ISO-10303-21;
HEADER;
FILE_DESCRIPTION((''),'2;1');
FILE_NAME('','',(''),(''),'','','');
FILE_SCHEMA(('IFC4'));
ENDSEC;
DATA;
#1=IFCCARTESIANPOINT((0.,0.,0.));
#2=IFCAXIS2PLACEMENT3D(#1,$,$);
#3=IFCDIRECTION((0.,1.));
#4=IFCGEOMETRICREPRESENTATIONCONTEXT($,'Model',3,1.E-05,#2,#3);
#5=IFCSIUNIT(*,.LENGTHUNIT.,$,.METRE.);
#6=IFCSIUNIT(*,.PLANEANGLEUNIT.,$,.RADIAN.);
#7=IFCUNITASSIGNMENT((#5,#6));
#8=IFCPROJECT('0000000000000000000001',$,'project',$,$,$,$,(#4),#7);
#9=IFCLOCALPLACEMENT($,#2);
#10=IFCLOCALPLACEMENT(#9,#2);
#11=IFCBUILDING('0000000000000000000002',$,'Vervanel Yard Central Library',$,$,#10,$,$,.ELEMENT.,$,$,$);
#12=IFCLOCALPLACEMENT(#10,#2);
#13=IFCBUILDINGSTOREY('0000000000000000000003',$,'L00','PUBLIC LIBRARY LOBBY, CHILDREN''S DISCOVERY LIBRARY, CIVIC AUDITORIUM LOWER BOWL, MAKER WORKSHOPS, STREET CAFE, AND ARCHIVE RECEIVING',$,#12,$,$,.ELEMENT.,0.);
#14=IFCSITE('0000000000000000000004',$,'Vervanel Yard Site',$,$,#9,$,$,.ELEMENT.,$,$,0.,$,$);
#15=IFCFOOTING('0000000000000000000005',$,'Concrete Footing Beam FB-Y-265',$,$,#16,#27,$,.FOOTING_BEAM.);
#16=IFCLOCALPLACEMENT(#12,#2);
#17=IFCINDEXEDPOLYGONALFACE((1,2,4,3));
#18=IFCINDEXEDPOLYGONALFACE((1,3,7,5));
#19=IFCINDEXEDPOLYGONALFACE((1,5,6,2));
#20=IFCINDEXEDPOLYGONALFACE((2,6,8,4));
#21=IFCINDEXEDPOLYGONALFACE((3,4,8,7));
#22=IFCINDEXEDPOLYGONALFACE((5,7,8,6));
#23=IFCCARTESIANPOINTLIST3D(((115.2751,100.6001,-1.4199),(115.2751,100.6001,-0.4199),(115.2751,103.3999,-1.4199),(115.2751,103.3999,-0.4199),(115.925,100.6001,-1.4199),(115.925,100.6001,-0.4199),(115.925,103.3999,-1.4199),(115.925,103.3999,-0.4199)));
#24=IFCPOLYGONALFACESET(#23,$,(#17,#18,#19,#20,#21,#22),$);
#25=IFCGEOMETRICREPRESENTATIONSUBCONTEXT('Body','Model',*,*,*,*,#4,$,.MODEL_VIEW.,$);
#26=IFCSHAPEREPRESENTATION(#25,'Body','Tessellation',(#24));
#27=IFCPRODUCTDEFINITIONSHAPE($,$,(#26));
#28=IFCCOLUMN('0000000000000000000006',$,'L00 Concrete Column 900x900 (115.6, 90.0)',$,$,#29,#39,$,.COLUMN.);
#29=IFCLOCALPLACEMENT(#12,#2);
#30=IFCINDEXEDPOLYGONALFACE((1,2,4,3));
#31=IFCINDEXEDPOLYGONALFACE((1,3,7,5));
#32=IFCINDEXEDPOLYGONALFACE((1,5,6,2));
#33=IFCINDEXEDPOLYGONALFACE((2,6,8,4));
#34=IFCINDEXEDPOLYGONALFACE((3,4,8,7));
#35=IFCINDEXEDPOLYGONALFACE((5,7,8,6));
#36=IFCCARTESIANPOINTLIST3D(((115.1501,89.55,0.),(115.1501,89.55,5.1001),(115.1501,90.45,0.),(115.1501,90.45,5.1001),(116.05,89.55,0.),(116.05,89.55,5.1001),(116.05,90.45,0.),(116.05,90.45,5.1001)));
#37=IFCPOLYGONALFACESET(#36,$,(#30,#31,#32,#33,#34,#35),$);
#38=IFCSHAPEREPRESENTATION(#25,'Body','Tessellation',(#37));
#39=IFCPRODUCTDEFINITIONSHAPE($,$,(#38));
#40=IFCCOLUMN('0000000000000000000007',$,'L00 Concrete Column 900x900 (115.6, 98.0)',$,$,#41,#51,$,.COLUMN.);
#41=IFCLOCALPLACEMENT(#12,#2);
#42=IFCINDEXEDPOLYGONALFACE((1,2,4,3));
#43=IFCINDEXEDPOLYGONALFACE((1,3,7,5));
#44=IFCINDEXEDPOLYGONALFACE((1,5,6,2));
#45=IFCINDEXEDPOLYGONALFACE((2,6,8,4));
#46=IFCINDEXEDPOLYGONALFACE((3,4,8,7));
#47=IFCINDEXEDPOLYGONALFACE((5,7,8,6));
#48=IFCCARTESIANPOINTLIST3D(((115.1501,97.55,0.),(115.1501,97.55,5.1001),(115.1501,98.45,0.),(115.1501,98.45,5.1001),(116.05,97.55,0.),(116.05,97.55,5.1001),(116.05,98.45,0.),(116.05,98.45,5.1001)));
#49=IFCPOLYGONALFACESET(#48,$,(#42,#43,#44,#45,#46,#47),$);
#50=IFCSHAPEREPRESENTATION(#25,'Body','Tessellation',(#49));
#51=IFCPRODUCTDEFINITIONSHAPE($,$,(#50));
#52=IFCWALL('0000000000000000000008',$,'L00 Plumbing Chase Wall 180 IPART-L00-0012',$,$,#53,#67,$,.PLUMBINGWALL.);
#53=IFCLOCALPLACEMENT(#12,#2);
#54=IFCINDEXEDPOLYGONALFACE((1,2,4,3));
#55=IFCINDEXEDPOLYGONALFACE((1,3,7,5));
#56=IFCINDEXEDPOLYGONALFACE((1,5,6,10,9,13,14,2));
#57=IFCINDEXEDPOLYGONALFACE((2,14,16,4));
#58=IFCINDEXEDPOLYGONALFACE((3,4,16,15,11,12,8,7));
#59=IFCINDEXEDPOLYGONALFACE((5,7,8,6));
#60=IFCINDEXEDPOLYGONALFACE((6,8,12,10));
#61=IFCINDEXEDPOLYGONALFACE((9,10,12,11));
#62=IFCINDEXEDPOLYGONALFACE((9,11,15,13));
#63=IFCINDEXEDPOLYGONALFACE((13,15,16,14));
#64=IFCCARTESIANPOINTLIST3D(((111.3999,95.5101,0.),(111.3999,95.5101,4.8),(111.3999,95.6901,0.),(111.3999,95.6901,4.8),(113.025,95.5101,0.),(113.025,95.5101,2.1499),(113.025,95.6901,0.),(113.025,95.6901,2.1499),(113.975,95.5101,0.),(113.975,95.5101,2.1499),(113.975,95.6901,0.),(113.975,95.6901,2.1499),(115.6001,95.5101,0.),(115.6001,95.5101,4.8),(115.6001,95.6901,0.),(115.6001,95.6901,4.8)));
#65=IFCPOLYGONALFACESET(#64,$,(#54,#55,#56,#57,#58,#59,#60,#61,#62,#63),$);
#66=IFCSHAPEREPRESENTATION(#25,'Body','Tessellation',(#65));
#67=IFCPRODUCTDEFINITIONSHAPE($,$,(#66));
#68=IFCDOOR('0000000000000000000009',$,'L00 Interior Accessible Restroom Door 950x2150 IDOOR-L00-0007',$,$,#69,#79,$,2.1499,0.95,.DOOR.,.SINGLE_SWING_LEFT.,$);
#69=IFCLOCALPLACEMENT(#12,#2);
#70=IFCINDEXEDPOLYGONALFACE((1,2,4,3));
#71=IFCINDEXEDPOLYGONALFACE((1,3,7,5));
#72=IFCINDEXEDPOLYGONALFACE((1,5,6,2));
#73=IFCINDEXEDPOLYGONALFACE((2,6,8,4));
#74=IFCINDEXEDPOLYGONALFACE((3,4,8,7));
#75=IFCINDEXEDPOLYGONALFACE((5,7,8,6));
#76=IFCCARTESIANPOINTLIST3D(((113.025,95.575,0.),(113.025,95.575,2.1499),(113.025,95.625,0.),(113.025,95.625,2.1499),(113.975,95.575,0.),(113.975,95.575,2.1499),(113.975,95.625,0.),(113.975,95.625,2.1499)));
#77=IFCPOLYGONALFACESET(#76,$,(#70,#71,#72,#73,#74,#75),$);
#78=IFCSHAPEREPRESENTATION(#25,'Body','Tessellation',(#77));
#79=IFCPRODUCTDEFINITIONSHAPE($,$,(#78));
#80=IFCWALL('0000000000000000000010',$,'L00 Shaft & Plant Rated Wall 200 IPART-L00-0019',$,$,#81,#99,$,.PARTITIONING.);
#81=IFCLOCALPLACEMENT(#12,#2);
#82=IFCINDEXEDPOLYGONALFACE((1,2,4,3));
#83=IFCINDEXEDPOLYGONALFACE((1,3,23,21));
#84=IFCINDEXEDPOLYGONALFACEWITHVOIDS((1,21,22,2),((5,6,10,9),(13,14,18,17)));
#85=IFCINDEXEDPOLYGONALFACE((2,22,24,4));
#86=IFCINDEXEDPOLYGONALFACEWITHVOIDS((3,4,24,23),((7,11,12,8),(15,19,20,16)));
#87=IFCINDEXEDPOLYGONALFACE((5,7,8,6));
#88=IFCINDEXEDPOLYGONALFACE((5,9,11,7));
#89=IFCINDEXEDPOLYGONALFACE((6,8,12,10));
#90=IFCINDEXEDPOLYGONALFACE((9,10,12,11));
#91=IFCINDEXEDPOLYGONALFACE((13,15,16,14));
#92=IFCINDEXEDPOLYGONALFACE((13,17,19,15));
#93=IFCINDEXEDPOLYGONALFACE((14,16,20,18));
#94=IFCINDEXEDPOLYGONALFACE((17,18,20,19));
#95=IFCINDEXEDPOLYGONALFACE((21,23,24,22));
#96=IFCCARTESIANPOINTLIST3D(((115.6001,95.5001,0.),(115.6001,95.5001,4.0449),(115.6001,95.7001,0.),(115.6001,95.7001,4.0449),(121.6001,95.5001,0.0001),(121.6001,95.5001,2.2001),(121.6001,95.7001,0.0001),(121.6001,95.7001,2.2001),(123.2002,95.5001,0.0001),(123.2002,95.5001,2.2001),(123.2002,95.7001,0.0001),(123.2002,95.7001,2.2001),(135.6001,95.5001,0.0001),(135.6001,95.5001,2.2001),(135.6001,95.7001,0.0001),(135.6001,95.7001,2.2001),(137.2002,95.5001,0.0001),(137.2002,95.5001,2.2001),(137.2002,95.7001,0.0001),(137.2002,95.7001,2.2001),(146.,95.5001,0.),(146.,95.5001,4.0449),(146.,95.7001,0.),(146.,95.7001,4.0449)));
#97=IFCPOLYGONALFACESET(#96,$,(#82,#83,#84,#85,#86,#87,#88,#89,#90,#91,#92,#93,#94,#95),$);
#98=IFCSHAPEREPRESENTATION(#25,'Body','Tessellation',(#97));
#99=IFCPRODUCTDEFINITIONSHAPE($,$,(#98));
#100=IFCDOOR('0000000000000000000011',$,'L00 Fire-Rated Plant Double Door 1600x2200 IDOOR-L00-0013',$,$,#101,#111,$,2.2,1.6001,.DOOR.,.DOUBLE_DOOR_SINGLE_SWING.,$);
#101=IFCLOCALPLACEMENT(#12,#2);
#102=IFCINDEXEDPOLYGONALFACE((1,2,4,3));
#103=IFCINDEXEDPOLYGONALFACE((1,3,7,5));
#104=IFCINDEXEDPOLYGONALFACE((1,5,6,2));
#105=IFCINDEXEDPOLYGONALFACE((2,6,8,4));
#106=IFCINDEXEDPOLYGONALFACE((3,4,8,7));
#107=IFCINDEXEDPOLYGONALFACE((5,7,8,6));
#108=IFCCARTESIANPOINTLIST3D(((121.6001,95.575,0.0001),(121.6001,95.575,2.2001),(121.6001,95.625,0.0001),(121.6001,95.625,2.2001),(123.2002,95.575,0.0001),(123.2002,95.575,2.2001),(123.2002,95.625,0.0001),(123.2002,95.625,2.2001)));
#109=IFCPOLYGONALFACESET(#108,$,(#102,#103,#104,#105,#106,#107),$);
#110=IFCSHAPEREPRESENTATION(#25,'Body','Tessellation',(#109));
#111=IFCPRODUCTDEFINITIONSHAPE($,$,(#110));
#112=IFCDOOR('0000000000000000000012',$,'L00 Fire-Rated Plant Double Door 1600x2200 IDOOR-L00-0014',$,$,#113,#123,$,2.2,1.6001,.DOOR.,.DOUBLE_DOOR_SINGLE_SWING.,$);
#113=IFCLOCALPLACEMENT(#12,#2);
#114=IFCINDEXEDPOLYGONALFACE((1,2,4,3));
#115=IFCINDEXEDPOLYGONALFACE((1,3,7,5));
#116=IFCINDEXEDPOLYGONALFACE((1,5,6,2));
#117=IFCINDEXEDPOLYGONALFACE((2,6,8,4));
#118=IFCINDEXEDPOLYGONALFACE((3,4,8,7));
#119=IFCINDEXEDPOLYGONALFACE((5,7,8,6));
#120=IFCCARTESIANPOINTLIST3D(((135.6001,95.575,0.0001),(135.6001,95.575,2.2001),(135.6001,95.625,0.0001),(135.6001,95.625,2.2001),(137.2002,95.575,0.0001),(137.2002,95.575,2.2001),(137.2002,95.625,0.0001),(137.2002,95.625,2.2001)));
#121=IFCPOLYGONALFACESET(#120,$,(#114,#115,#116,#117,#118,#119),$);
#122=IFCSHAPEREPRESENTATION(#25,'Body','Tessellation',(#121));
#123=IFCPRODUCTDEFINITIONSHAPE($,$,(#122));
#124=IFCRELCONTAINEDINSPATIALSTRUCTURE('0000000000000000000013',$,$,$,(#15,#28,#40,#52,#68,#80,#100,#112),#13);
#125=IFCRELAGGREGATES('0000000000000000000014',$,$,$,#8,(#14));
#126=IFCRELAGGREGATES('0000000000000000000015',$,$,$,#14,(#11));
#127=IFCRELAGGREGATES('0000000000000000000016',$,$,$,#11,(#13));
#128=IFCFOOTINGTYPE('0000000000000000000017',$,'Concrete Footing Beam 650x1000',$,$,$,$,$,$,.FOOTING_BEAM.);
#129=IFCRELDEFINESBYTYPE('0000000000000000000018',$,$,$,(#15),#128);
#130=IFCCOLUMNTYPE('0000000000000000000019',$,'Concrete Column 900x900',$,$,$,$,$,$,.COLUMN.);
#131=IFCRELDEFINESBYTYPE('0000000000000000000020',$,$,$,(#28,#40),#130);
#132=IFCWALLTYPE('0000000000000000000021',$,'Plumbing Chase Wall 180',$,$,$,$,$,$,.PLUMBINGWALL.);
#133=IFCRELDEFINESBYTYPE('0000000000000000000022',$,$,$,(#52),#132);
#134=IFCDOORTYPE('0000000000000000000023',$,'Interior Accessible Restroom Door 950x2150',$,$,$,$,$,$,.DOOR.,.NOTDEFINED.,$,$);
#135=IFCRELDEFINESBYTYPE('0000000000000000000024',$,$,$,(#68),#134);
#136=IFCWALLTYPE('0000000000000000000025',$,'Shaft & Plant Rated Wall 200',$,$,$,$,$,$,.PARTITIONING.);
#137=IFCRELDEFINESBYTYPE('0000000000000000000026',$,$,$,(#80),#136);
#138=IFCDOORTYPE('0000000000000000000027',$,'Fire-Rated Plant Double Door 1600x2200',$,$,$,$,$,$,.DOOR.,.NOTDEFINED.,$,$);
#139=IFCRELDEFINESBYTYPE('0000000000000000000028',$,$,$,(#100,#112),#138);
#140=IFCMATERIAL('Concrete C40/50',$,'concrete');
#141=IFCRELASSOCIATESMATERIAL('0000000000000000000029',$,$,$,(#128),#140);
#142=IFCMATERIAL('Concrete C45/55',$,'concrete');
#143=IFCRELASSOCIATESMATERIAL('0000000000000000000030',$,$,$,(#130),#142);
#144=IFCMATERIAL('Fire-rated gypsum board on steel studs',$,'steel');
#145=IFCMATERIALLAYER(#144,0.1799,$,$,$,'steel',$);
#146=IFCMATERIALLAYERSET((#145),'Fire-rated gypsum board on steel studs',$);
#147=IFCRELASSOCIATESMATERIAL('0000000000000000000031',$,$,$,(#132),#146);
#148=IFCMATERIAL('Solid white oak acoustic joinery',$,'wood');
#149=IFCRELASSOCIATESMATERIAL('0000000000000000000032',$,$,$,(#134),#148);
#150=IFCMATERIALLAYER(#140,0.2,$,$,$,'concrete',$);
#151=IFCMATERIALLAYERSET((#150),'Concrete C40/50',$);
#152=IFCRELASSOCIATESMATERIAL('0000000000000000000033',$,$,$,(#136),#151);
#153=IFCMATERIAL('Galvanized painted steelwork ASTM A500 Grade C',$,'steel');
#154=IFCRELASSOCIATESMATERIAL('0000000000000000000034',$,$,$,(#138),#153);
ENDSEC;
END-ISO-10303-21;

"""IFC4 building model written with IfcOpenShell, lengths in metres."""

from ifc_helpers import new_model, si_unit, direction, frame, frame_2d, origin, origin_2d, place, context, subcontext, project, spatial, rectangle, extrude, material, layer, layer_set, material_profile, profile_set, type_object, element, fill, save


model = new_model("IFC4")

# Units and contexts
model_context = context("Model", 3, precision=1e-05, world=origin(), true_north=direction((0.0, 1.0)))
body_context = subcontext(model_context, "Body", "Model", "MODEL_VIEW")
ifc_project = project(units=[si_unit("LENGTHUNIT", "METRE"), si_unit("PLANEANGLEUNIT", "RADIAN")], contexts=[model_context])

# Site, building, storey
site_placement = place(None, origin())
site = spatial("IfcSite", under=ifc_project, at=site_placement, Name="Vervanel Yard Site", CompositionType="ELEMENT", RefElevation=0.0)
building_placement = place(site_placement, origin())
building = spatial("IfcBuilding", under=site, at=building_placement, Name="Vervanel Yard Central Library", CompositionType="ELEMENT")
storey_placement = place(building_placement, origin())
storey = spatial("IfcBuildingStorey", under=building, at=storey_placement, Name="L00", Description="PUBLIC LIBRARY LOBBY, CHILDREN'S DISCOVERY LIBRARY, CIVIC AUDITORIUM LOWER BOWL, MAKER WORKSHOPS, STREET CAFE, AND ARCHIVE RECEIVING", CompositionType="ELEMENT", Elevation=0.0)

# Shared definitions
ifc_material_1 = material(Name="Concrete C40/50", Category="concrete")

# Footing
ifc_material_profile_1 = material_profile(ifc_material_1, rectangle(XDim=0.6499, YDim=1.0, at=origin_2d()), Name="RC 650x1000", Category="concrete")
ifc_profile_set_1 = profile_set([ifc_material_profile_1], Name="Concrete C40/50")
footing_type_1 = type_object("IfcFootingType", Name="Concrete Footing Beam 650x1000", PredefinedType="FOOTING_BEAM", material=ifc_profile_set_1)
for number, where, z_axis, x_axis, name in (
    (1, (115.6001, 100.6001, -0.9199), (0.0, 1.0, 0.0), (-1.0, 0.0, 0.0), "Concrete Footing Beam FB-Y-265"),
):
    element("IfcFooting", number, at=place(storey_placement, frame(where, z_axis=z_axis, x_axis=x_axis)), inside=storey, type_object=footing_type_1, Name=name, PredefinedType="FOOTING_BEAM", context=body_context, shape_type="SweptSolid", body=[
        extrude(rectangle(XDim=0.6499, YDim=1.0, at=origin_2d()), origin(), (0.0, 0.0, 1.0), 2.7998),
    ])

# Columns
ifc_material_2 = material(Name="Concrete C45/55", Category="concrete")
ifc_material_profile_2 = material_profile(ifc_material_2, rectangle(XDim=0.8999, YDim=0.8999, at=origin_2d()), Name="RC 900x900", Category="concrete")
ifc_profile_set_2 = profile_set([ifc_material_profile_2], Name="Concrete C45/55")
column_type = type_object("IfcColumnType", Name="Concrete Column 900x900", PredefinedType="COLUMN", material=ifc_profile_set_2)
for number, where, z_axis, x_axis, name in (
    (2, (115.6001, 90.0, 0.0), (0.0, 0.0, 1.0), (1.0, 0.0, 0.0), "L00 Concrete Column 900x900 (115.6, 90.0)"),
    (3, (115.6001, 98.0, 0.0), (0.0, 0.0, 1.0), (1.0, 0.0, 0.0), "L00 Concrete Column 900x900 (115.6, 98.0)"),
):
    element("IfcColumn", number, at=place(storey_placement, frame(where, z_axis=z_axis, x_axis=x_axis)), inside=storey, type_object=column_type, Name=name, PredefinedType="COLUMN", context=body_context, shape_type="SweptSolid", body=[
        extrude(rectangle(XDim=0.8999, YDim=0.8999, at=origin_2d()), origin(), (0.0, 0.0, 1.0), 5.1001),
    ])

# Wall, opening, door
ifc_material_3 = material(Name="Fire-rated gypsum board on steel studs", Category="steel")
ifc_layer_1 = layer(ifc_material_3, 0.1799, Category="steel")
ifc_layer_set_1 = layer_set([ifc_layer_1], Name="Fire-rated gypsum board on steel studs")
wall_type_1 = type_object("IfcWallType", Name="Plumbing Chase Wall 180", PredefinedType="PLUMBINGWALL", material=ifc_layer_set_1)
wall_1_placement = place(storey_placement, frame((111.3999, 95.6001, 0.0), z_axis=(0.0, 0.0, 1.0), x_axis=(1.0, 0.0, 0.0)))
wall_1 = element("IfcWall", 4, at=wall_1_placement, inside=storey, type_object=wall_type_1, Name="L00 Plumbing Chase Wall 180 IPART-L00-0012", PredefinedType="PLUMBINGWALL", context=body_context, shape_type="SweptSolid", body=[
    extrude(rectangle(XDim=4.2002, YDim=0.1799, at=frame_2d((2.1001, 0.0))), origin(), (0.0, 0.0, 1.0), 4.8),
])
opening_1_placement = place(wall_1_placement, frame((1.625, 0.0, 0.0)))
opening_1 = element("IfcOpeningElement", 5, at=opening_1_placement, cuts=wall_1, PredefinedType="OPENING", context=body_context, shape_type="SweptSolid", body=[
    extrude(rectangle(XDim=0.95, YDim=2.1499, at=frame_2d((0.4751, 1.075))), frame((0.0, 0.0999, 0.0), z_axis=(0.0, -1.0, 0.0), x_axis=(1.0, 0.0, 0.0)), (0.0, 0.0, 1.0), 0.2),
])
ifc_material_4 = material(Name="Solid white oak acoustic joinery", Category="wood")
door_type_1 = type_object("IfcDoorType", Name="Interior Accessible Restroom Door 950x2150", OperationType="NOTDEFINED", PredefinedType="DOOR", material=ifc_material_4)
door_1_placement = place(opening_1_placement, origin())
door_1 = element("IfcDoor", 6, at=door_1_placement, inside=storey, type_object=door_type_1, Name="L00 Interior Accessible Restroom Door 950x2150 IDOOR-L00-0007", OperationType="SINGLE_SWING_LEFT", OverallHeight=2.1499, OverallWidth=0.95, PredefinedType="DOOR", context=body_context, shape_type="SweptSolid", body=[
    extrude(rectangle(XDim=0.95, YDim=2.1499, at=frame_2d((0.4751, 1.075))), frame((0.0, 0.0249, 0.0), z_axis=(0.0, -1.0, 0.0), x_axis=(1.0, 0.0, 0.0)), (0.0, 0.0, 1.0), 0.05),
])
fill(opening_1, door_1)

# Wall, openings, doors
ifc_layer_2 = layer(ifc_material_1, 0.2, Category="concrete")
ifc_layer_set_2 = layer_set([ifc_layer_2], Name="Concrete C40/50")
wall_type_2 = type_object("IfcWallType", Name="Shaft & Plant Rated Wall 200", PredefinedType="PARTITIONING", material=ifc_layer_set_2)
wall_2_placement = place(storey_placement, frame((115.6001, 95.6001, 0.0), z_axis=(0.0, 0.0, 1.0), x_axis=(1.0, 0.0, 0.0)))
wall_2 = element("IfcWall", 7, at=wall_2_placement, inside=storey, type_object=wall_type_2, Name="L00 Shaft & Plant Rated Wall 200 IPART-L00-0019", PredefinedType="PARTITIONING", context=body_context, shape_type="SweptSolid", body=[
    extrude(rectangle(XDim=30.3999, YDim=0.2, at=frame_2d((15.2, 0.0))), origin(), (0.0, 0.0, 1.0), 4.0449),
])
opening_2_placement = place(wall_2_placement, frame((6.0, 0.0, 0.0)))
opening_2 = element("IfcOpeningElement", 8, at=opening_2_placement, cuts=wall_2, PredefinedType="OPENING", context=body_context, shape_type="SweptSolid", body=[
    extrude(rectangle(XDim=1.6001, YDim=2.2, at=frame_2d((0.8, 1.1001))), frame((0.0, 0.1099, 0.0), z_axis=(0.0, -1.0, 0.0), x_axis=(1.0, 0.0, 0.0)), (0.0, 0.0, 1.0), 0.22),
])
opening_3_placement = place(wall_2_placement, frame((20.0, 0.0, 0.0)))
opening_3 = element("IfcOpeningElement", 9, at=opening_3_placement, cuts=wall_2, PredefinedType="OPENING", context=body_context, shape_type="SweptSolid", body=[
    extrude(rectangle(XDim=1.6001, YDim=2.2, at=frame_2d((0.8, 1.1001))), frame((0.0, 0.1099, 0.0), z_axis=(0.0, -1.0, 0.0), x_axis=(1.0, 0.0, 0.0)), (0.0, 0.0, 1.0), 0.22),
])
ifc_material_5 = material(Name="Galvanized painted steelwork ASTM A500 Grade C", Category="steel")
door_type_2 = type_object("IfcDoorType", Name="Fire-Rated Plant Double Door 1600x2200", OperationType="NOTDEFINED", PredefinedType="DOOR", material=ifc_material_5)
door_2_placement = place(opening_2_placement, origin())
door_2 = element("IfcDoor", 10, at=door_2_placement, inside=storey, type_object=door_type_2, Name="L00 Fire-Rated Plant Double Door 1600x2200 IDOOR-L00-0013", OperationType="DOUBLE_DOOR_SINGLE_SWING", OverallHeight=2.2, OverallWidth=1.6001, PredefinedType="DOOR", context=body_context, shape_type="SweptSolid", body=[
    extrude(rectangle(XDim=1.6001, YDim=2.2, at=frame_2d((0.8, 1.1001))), frame((0.0, 0.0249, 0.0), z_axis=(0.0, -1.0, 0.0), x_axis=(1.0, 0.0, 0.0)), (0.0, 0.0, 1.0), 0.05),
])
fill(opening_2, door_2)
door_3_placement = place(opening_3_placement, origin())
door_3 = element("IfcDoor", 11, at=door_3_placement, inside=storey, type_object=door_type_2, Name="L00 Fire-Rated Plant Double Door 1600x2200 IDOOR-L00-0014", OperationType="DOUBLE_DOOR_SINGLE_SWING", OverallHeight=2.2, OverallWidth=1.6001, PredefinedType="DOOR", context=body_context, shape_type="SweptSolid", body=[
    extrude(rectangle(XDim=1.6001, YDim=2.2, at=frame_2d((0.8, 1.1001))), frame((0.0, 0.0249, 0.0), z_axis=(0.0, -1.0, 0.0), x_axis=(1.0, 0.0, 0.0)), (0.0, 0.0, 1.0), 0.05),
])
fill(opening_3, door_3)

save(model, "model.ifc")
